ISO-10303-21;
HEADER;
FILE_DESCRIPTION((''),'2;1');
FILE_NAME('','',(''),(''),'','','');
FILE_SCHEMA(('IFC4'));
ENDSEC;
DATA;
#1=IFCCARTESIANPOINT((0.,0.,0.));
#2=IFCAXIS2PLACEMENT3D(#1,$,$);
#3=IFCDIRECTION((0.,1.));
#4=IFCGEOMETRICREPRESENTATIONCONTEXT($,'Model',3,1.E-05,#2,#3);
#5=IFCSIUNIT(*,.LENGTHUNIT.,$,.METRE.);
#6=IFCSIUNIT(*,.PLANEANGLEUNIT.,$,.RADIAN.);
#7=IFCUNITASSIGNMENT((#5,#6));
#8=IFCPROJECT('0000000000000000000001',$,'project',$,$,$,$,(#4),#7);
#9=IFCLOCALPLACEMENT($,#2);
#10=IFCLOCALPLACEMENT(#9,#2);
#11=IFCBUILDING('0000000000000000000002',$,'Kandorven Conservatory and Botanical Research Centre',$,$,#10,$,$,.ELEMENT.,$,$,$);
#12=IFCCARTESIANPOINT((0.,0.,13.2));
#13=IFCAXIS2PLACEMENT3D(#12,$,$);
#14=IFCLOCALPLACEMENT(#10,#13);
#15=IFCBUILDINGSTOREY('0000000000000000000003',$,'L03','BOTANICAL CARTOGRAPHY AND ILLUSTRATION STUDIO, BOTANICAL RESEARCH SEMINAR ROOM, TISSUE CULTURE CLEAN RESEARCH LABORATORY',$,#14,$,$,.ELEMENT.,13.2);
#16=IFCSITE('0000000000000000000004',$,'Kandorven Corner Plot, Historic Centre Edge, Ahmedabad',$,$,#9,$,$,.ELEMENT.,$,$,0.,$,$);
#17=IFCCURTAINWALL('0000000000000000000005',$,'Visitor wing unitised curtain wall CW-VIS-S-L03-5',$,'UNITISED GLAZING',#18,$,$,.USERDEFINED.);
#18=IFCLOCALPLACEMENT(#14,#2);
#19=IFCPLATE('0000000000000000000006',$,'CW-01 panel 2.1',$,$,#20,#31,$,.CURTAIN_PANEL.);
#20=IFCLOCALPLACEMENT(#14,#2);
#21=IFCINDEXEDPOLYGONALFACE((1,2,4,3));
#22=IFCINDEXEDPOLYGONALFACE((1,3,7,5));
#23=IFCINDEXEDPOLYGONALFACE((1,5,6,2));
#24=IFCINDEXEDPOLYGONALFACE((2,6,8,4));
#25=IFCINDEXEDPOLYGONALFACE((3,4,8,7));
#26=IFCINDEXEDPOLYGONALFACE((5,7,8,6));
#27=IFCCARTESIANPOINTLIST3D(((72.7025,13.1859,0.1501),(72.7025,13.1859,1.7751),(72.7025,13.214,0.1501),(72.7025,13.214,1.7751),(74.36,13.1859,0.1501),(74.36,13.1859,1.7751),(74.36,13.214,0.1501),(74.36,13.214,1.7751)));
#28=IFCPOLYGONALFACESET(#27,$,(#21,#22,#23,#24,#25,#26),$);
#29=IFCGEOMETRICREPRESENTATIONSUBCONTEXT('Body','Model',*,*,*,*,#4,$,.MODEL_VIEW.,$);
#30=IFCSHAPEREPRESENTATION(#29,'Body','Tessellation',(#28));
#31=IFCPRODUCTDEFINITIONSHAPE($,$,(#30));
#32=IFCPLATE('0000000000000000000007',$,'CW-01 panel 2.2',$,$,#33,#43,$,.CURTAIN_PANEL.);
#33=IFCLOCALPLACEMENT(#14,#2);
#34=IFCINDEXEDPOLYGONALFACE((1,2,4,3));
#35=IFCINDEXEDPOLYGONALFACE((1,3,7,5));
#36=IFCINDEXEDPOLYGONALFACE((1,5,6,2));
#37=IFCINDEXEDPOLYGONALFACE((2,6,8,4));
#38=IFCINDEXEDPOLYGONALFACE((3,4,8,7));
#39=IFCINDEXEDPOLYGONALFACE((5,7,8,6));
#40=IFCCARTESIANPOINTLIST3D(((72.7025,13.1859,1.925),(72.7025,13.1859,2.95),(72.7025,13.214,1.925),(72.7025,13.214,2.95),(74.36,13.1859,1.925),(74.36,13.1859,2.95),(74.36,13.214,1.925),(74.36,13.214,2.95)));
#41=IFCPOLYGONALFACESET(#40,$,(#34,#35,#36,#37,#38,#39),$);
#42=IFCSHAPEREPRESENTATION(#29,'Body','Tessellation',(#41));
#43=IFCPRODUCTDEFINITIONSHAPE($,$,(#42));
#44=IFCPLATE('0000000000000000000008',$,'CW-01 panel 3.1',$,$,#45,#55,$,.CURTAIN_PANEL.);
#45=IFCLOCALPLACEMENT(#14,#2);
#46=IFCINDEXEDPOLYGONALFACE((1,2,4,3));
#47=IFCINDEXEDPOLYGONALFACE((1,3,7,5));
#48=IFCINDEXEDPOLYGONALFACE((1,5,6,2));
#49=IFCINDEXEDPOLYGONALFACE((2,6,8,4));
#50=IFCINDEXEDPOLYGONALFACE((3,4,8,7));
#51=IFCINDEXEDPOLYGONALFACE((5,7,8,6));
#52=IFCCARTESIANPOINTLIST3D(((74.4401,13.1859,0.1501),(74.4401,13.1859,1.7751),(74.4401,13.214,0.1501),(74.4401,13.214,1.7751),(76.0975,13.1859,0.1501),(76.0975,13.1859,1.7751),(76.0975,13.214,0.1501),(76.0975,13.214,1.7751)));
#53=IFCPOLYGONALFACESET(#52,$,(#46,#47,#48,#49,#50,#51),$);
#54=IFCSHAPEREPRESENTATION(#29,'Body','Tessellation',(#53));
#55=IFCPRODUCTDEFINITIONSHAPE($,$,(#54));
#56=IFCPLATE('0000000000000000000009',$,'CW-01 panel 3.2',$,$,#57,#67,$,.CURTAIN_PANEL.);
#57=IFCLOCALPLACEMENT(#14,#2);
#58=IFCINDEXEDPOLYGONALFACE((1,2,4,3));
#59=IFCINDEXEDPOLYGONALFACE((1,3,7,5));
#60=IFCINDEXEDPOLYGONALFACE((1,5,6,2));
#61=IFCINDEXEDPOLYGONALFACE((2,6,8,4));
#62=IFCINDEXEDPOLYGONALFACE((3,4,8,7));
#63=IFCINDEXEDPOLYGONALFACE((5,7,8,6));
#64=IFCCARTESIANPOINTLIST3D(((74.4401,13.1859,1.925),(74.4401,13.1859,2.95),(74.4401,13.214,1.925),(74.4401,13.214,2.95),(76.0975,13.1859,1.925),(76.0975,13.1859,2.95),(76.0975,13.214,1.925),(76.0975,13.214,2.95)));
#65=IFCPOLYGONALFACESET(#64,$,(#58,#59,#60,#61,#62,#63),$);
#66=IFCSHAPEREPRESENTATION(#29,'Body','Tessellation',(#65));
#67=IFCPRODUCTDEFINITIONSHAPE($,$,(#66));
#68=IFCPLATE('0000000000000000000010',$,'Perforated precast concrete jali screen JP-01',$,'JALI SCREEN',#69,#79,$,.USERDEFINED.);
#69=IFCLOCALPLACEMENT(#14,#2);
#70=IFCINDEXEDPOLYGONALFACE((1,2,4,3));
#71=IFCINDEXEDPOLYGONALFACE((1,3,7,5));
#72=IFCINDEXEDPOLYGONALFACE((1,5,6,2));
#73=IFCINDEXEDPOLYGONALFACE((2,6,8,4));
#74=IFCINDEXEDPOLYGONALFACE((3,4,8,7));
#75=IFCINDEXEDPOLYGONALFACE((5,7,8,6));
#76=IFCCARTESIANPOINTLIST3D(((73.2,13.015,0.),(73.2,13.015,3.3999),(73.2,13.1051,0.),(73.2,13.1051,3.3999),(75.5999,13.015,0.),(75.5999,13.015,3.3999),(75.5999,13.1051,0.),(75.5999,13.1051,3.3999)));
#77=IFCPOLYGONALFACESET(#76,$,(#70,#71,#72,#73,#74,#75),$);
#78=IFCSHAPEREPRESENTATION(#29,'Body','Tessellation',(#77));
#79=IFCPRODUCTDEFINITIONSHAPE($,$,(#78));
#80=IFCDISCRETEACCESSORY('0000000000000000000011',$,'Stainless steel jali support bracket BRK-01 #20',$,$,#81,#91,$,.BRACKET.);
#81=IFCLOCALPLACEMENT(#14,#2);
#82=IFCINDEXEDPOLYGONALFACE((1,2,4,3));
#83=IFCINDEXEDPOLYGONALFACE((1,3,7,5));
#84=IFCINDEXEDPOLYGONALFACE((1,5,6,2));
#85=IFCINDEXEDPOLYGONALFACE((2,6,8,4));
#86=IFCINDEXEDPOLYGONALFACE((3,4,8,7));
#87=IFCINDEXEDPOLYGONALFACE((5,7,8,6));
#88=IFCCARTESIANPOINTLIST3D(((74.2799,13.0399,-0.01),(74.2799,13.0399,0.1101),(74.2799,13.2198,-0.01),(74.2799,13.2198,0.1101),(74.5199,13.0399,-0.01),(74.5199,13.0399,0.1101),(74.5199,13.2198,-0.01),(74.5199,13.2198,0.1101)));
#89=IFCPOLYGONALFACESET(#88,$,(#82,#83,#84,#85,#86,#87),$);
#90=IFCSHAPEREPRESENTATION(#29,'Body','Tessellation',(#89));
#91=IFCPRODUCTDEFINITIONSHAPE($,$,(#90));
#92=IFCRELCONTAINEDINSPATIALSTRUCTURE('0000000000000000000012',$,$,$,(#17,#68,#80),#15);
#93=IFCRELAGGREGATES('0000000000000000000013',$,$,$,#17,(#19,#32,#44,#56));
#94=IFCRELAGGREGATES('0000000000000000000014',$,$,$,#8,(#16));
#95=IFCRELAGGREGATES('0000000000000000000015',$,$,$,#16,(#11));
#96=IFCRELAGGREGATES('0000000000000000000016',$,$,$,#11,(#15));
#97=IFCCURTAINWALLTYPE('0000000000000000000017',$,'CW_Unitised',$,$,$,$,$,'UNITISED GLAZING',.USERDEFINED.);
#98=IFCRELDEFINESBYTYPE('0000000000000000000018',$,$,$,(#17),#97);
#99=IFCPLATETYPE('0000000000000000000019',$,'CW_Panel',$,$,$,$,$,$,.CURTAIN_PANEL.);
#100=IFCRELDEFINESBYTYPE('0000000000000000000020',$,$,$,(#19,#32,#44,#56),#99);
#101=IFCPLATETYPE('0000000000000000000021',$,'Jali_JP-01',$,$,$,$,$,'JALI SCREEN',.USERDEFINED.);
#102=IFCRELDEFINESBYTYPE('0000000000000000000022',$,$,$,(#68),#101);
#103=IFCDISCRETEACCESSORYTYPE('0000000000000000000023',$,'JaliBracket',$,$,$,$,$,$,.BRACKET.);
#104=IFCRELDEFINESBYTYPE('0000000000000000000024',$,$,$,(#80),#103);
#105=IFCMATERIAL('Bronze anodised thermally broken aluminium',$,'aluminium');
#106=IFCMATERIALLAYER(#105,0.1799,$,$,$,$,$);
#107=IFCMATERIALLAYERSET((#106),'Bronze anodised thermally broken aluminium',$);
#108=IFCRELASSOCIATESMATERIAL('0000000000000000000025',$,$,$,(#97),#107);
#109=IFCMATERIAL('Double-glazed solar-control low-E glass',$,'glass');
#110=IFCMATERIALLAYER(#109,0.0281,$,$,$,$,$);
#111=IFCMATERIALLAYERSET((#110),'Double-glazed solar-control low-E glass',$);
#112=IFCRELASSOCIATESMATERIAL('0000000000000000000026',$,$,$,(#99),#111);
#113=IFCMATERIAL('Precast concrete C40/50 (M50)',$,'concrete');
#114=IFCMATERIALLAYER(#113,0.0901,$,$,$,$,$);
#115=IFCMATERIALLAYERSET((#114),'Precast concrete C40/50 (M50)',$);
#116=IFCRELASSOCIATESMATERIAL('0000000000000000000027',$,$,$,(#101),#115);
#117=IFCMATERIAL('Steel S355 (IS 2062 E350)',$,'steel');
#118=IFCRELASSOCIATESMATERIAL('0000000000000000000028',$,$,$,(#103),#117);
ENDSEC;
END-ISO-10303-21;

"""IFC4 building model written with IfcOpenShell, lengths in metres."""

from ifc_helpers import new_model, si_unit, direction, frame, origin, origin_2d, place, context, subcontext, project, spatial, rectangle, extrude, material, layer, layer_set, type_object, element, aggregate, save


model = new_model("IFC4")

# Units and contexts
model_context = context("Model", 3, precision=1e-05, world=origin(), true_north=direction((0.0, 1.0)))
body_context = subcontext(model_context, "Body", "Model", "MODEL_VIEW")
ifc_project = project(units=[si_unit("LENGTHUNIT", "METRE"), si_unit("PLANEANGLEUNIT", "RADIAN")], contexts=[model_context])

# Site, building, storey
site_placement = place(None, origin())
site = spatial("IfcSite", under=ifc_project, at=site_placement, Name="Kandorven Corner Plot, Historic Centre Edge, Ahmedabad", CompositionType="ELEMENT", RefElevation=0.0)
building_placement = place(site_placement, origin())
building = spatial("IfcBuilding", under=site, at=building_placement, Name="Kandorven Conservatory and Botanical Research Centre", CompositionType="ELEMENT")
storey_placement = place(building_placement, frame((0.0, 0.0, 13.2)))
storey = spatial("IfcBuildingStorey", under=building, at=storey_placement, Name="L03", Description="BOTANICAL CARTOGRAPHY AND ILLUSTRATION STUDIO, BOTANICAL RESEARCH SEMINAR ROOM, TISSUE CULTURE CLEAN RESEARCH LABORATORY", CompositionType="ELEMENT", Elevation=13.2)

# Curtain wall
ifc_material_1 = material(Name="Bronze anodised thermally broken aluminium", Category="aluminium")
ifc_layer_1 = layer(ifc_material_1, 0.1799)
ifc_layer_set_1 = layer_set([ifc_layer_1], Name="Bronze anodised thermally broken aluminium")
curtain_wall_type = type_object("IfcCurtainWallType", Name="CW_Unitised", ElementType="UNITISED GLAZING", PredefinedType="USERDEFINED", material=ifc_layer_set_1)
curtain_wall_1_placement = place(storey_placement, origin())
curtain_wall_1 = element("IfcCurtainWall", 1, at=curtain_wall_1_placement, inside=storey, type_object=curtain_wall_type, Name="Visitor wing unitised curtain wall CW-VIS-S-L03-5", ObjectType="UNITISED GLAZING", PredefinedType="USERDEFINED")

# Plates
ifc_material_2 = material(Name="Double-glazed solar-control low-E glass", Category="glass")
ifc_layer_2 = layer(ifc_material_2, 0.0281)
ifc_layer_set_2 = layer_set([ifc_layer_2], Name="Double-glazed solar-control low-E glass")
plate_type_1 = type_object("IfcPlateType", Name="CW_Panel", PredefinedType="CURTAIN_PANEL", material=ifc_layer_set_2)
plate_1_placement = place(storey_placement, frame((73.5312, 13.2, 0.1501), z_axis=(0.0, 0.0, 1.0), x_axis=(1.0, 0.0, 0.0)))
plate_1 = element("IfcPlate", 2, at=plate_1_placement, type_object=plate_type_1, Name="CW-01 panel 2.1", PredefinedType="CURTAIN_PANEL", context=body_context, shape_type="SweptSolid", body=[
    extrude(rectangle(XDim=1.6575, YDim=0.0281, at=origin_2d()), origin(), (0.0, 0.0, 1.0), 1.625),
])
plate_2_placement = place(storey_placement, frame((73.5312, 13.2, 1.925), z_axis=(0.0, 0.0, 1.0), x_axis=(1.0, 0.0, 0.0)))
plate_2 = element("IfcPlate", 3, at=plate_2_placement, type_object=plate_type_1, Name="CW-01 panel 2.2", PredefinedType="CURTAIN_PANEL", context=body_context, shape_type="SweptSolid", body=[
    extrude(rectangle(XDim=1.6575, YDim=0.0281, at=origin_2d()), origin(), (0.0, 0.0, 1.0), 1.0249),
])
plate_3_placement = place(storey_placement, frame((75.2688, 13.2, 0.1501), z_axis=(0.0, 0.0, 1.0), x_axis=(1.0, 0.0, 0.0)))
plate_3 = element("IfcPlate", 4, at=plate_3_placement, type_object=plate_type_1, Name="CW-01 panel 3.1", PredefinedType="CURTAIN_PANEL", context=body_context, shape_type="SweptSolid", body=[
    extrude(rectangle(XDim=1.6575, YDim=0.0281, at=origin_2d()), origin(), (0.0, 0.0, 1.0), 1.625),
])
plate_4_placement = place(storey_placement, frame((75.2688, 13.2, 1.925), z_axis=(0.0, 0.0, 1.0), x_axis=(1.0, 0.0, 0.0)))
plate_4 = element("IfcPlate", 5, at=plate_4_placement, type_object=plate_type_1, Name="CW-01 panel 3.2", PredefinedType="CURTAIN_PANEL", context=body_context, shape_type="SweptSolid", body=[
    extrude(rectangle(XDim=1.6575, YDim=0.0281, at=origin_2d()), origin(), (0.0, 0.0, 1.0), 1.0249),
])
aggregate(curtain_wall_1, [plate_1, plate_2, plate_3, plate_4])
ifc_material_3 = material(Name="Precast concrete C40/50 (M50)", Category="concrete")
ifc_layer_3 = layer(ifc_material_3, 0.0901)
ifc_layer_set_3 = layer_set([ifc_layer_3], Name="Precast concrete C40/50 (M50)")
plate_type_2 = type_object("IfcPlateType", Name="Jali_JP-01", ElementType="JALI SCREEN", PredefinedType="USERDEFINED", material=ifc_layer_set_3)
plate_5_placement = place(storey_placement, frame((74.3999, 13.0601, 0.0), z_axis=(0.0, 0.0, 1.0), x_axis=(1.0, 0.0, 0.0)))
element("IfcPlate", 6, at=plate_5_placement, inside=storey, type_object=plate_type_2, Name="Perforated precast concrete jali screen JP-01", ObjectType="JALI SCREEN", PredefinedType="USERDEFINED", context=body_context, shape_type="SweptSolid", body=[
    extrude(rectangle(XDim=2.3999, YDim=0.0901, at=origin_2d()), origin(), (0.0, 0.0, 1.0), 3.3999),
])

# Discrete accessory
ifc_material_4 = material(Name="Steel S355 (IS 2062 E350)", Category="steel")
discrete_accessory_type = type_object("IfcDiscreteAccessoryType", Name="JaliBracket", PredefinedType="BRACKET", material=ifc_material_4)
discrete_accessory_placement = place(storey_placement, frame((74.3999, 13.1299, -0.01), z_axis=(0.0, 0.0, 1.0), x_axis=(1.0, 0.0, 0.0)))
element("IfcDiscreteAccessory", 7, at=discrete_accessory_placement, inside=storey, type_object=discrete_accessory_type, Name="Stainless steel jali support bracket BRK-01 #20", PredefinedType="BRACKET", context=body_context, shape_type="SweptSolid", body=[
    extrude(rectangle(XDim=0.24, YDim=0.1799, at=origin_2d()), origin(), (0.0, 0.0, 1.0), 0.1201),
])

save(model, "model.ifc")
